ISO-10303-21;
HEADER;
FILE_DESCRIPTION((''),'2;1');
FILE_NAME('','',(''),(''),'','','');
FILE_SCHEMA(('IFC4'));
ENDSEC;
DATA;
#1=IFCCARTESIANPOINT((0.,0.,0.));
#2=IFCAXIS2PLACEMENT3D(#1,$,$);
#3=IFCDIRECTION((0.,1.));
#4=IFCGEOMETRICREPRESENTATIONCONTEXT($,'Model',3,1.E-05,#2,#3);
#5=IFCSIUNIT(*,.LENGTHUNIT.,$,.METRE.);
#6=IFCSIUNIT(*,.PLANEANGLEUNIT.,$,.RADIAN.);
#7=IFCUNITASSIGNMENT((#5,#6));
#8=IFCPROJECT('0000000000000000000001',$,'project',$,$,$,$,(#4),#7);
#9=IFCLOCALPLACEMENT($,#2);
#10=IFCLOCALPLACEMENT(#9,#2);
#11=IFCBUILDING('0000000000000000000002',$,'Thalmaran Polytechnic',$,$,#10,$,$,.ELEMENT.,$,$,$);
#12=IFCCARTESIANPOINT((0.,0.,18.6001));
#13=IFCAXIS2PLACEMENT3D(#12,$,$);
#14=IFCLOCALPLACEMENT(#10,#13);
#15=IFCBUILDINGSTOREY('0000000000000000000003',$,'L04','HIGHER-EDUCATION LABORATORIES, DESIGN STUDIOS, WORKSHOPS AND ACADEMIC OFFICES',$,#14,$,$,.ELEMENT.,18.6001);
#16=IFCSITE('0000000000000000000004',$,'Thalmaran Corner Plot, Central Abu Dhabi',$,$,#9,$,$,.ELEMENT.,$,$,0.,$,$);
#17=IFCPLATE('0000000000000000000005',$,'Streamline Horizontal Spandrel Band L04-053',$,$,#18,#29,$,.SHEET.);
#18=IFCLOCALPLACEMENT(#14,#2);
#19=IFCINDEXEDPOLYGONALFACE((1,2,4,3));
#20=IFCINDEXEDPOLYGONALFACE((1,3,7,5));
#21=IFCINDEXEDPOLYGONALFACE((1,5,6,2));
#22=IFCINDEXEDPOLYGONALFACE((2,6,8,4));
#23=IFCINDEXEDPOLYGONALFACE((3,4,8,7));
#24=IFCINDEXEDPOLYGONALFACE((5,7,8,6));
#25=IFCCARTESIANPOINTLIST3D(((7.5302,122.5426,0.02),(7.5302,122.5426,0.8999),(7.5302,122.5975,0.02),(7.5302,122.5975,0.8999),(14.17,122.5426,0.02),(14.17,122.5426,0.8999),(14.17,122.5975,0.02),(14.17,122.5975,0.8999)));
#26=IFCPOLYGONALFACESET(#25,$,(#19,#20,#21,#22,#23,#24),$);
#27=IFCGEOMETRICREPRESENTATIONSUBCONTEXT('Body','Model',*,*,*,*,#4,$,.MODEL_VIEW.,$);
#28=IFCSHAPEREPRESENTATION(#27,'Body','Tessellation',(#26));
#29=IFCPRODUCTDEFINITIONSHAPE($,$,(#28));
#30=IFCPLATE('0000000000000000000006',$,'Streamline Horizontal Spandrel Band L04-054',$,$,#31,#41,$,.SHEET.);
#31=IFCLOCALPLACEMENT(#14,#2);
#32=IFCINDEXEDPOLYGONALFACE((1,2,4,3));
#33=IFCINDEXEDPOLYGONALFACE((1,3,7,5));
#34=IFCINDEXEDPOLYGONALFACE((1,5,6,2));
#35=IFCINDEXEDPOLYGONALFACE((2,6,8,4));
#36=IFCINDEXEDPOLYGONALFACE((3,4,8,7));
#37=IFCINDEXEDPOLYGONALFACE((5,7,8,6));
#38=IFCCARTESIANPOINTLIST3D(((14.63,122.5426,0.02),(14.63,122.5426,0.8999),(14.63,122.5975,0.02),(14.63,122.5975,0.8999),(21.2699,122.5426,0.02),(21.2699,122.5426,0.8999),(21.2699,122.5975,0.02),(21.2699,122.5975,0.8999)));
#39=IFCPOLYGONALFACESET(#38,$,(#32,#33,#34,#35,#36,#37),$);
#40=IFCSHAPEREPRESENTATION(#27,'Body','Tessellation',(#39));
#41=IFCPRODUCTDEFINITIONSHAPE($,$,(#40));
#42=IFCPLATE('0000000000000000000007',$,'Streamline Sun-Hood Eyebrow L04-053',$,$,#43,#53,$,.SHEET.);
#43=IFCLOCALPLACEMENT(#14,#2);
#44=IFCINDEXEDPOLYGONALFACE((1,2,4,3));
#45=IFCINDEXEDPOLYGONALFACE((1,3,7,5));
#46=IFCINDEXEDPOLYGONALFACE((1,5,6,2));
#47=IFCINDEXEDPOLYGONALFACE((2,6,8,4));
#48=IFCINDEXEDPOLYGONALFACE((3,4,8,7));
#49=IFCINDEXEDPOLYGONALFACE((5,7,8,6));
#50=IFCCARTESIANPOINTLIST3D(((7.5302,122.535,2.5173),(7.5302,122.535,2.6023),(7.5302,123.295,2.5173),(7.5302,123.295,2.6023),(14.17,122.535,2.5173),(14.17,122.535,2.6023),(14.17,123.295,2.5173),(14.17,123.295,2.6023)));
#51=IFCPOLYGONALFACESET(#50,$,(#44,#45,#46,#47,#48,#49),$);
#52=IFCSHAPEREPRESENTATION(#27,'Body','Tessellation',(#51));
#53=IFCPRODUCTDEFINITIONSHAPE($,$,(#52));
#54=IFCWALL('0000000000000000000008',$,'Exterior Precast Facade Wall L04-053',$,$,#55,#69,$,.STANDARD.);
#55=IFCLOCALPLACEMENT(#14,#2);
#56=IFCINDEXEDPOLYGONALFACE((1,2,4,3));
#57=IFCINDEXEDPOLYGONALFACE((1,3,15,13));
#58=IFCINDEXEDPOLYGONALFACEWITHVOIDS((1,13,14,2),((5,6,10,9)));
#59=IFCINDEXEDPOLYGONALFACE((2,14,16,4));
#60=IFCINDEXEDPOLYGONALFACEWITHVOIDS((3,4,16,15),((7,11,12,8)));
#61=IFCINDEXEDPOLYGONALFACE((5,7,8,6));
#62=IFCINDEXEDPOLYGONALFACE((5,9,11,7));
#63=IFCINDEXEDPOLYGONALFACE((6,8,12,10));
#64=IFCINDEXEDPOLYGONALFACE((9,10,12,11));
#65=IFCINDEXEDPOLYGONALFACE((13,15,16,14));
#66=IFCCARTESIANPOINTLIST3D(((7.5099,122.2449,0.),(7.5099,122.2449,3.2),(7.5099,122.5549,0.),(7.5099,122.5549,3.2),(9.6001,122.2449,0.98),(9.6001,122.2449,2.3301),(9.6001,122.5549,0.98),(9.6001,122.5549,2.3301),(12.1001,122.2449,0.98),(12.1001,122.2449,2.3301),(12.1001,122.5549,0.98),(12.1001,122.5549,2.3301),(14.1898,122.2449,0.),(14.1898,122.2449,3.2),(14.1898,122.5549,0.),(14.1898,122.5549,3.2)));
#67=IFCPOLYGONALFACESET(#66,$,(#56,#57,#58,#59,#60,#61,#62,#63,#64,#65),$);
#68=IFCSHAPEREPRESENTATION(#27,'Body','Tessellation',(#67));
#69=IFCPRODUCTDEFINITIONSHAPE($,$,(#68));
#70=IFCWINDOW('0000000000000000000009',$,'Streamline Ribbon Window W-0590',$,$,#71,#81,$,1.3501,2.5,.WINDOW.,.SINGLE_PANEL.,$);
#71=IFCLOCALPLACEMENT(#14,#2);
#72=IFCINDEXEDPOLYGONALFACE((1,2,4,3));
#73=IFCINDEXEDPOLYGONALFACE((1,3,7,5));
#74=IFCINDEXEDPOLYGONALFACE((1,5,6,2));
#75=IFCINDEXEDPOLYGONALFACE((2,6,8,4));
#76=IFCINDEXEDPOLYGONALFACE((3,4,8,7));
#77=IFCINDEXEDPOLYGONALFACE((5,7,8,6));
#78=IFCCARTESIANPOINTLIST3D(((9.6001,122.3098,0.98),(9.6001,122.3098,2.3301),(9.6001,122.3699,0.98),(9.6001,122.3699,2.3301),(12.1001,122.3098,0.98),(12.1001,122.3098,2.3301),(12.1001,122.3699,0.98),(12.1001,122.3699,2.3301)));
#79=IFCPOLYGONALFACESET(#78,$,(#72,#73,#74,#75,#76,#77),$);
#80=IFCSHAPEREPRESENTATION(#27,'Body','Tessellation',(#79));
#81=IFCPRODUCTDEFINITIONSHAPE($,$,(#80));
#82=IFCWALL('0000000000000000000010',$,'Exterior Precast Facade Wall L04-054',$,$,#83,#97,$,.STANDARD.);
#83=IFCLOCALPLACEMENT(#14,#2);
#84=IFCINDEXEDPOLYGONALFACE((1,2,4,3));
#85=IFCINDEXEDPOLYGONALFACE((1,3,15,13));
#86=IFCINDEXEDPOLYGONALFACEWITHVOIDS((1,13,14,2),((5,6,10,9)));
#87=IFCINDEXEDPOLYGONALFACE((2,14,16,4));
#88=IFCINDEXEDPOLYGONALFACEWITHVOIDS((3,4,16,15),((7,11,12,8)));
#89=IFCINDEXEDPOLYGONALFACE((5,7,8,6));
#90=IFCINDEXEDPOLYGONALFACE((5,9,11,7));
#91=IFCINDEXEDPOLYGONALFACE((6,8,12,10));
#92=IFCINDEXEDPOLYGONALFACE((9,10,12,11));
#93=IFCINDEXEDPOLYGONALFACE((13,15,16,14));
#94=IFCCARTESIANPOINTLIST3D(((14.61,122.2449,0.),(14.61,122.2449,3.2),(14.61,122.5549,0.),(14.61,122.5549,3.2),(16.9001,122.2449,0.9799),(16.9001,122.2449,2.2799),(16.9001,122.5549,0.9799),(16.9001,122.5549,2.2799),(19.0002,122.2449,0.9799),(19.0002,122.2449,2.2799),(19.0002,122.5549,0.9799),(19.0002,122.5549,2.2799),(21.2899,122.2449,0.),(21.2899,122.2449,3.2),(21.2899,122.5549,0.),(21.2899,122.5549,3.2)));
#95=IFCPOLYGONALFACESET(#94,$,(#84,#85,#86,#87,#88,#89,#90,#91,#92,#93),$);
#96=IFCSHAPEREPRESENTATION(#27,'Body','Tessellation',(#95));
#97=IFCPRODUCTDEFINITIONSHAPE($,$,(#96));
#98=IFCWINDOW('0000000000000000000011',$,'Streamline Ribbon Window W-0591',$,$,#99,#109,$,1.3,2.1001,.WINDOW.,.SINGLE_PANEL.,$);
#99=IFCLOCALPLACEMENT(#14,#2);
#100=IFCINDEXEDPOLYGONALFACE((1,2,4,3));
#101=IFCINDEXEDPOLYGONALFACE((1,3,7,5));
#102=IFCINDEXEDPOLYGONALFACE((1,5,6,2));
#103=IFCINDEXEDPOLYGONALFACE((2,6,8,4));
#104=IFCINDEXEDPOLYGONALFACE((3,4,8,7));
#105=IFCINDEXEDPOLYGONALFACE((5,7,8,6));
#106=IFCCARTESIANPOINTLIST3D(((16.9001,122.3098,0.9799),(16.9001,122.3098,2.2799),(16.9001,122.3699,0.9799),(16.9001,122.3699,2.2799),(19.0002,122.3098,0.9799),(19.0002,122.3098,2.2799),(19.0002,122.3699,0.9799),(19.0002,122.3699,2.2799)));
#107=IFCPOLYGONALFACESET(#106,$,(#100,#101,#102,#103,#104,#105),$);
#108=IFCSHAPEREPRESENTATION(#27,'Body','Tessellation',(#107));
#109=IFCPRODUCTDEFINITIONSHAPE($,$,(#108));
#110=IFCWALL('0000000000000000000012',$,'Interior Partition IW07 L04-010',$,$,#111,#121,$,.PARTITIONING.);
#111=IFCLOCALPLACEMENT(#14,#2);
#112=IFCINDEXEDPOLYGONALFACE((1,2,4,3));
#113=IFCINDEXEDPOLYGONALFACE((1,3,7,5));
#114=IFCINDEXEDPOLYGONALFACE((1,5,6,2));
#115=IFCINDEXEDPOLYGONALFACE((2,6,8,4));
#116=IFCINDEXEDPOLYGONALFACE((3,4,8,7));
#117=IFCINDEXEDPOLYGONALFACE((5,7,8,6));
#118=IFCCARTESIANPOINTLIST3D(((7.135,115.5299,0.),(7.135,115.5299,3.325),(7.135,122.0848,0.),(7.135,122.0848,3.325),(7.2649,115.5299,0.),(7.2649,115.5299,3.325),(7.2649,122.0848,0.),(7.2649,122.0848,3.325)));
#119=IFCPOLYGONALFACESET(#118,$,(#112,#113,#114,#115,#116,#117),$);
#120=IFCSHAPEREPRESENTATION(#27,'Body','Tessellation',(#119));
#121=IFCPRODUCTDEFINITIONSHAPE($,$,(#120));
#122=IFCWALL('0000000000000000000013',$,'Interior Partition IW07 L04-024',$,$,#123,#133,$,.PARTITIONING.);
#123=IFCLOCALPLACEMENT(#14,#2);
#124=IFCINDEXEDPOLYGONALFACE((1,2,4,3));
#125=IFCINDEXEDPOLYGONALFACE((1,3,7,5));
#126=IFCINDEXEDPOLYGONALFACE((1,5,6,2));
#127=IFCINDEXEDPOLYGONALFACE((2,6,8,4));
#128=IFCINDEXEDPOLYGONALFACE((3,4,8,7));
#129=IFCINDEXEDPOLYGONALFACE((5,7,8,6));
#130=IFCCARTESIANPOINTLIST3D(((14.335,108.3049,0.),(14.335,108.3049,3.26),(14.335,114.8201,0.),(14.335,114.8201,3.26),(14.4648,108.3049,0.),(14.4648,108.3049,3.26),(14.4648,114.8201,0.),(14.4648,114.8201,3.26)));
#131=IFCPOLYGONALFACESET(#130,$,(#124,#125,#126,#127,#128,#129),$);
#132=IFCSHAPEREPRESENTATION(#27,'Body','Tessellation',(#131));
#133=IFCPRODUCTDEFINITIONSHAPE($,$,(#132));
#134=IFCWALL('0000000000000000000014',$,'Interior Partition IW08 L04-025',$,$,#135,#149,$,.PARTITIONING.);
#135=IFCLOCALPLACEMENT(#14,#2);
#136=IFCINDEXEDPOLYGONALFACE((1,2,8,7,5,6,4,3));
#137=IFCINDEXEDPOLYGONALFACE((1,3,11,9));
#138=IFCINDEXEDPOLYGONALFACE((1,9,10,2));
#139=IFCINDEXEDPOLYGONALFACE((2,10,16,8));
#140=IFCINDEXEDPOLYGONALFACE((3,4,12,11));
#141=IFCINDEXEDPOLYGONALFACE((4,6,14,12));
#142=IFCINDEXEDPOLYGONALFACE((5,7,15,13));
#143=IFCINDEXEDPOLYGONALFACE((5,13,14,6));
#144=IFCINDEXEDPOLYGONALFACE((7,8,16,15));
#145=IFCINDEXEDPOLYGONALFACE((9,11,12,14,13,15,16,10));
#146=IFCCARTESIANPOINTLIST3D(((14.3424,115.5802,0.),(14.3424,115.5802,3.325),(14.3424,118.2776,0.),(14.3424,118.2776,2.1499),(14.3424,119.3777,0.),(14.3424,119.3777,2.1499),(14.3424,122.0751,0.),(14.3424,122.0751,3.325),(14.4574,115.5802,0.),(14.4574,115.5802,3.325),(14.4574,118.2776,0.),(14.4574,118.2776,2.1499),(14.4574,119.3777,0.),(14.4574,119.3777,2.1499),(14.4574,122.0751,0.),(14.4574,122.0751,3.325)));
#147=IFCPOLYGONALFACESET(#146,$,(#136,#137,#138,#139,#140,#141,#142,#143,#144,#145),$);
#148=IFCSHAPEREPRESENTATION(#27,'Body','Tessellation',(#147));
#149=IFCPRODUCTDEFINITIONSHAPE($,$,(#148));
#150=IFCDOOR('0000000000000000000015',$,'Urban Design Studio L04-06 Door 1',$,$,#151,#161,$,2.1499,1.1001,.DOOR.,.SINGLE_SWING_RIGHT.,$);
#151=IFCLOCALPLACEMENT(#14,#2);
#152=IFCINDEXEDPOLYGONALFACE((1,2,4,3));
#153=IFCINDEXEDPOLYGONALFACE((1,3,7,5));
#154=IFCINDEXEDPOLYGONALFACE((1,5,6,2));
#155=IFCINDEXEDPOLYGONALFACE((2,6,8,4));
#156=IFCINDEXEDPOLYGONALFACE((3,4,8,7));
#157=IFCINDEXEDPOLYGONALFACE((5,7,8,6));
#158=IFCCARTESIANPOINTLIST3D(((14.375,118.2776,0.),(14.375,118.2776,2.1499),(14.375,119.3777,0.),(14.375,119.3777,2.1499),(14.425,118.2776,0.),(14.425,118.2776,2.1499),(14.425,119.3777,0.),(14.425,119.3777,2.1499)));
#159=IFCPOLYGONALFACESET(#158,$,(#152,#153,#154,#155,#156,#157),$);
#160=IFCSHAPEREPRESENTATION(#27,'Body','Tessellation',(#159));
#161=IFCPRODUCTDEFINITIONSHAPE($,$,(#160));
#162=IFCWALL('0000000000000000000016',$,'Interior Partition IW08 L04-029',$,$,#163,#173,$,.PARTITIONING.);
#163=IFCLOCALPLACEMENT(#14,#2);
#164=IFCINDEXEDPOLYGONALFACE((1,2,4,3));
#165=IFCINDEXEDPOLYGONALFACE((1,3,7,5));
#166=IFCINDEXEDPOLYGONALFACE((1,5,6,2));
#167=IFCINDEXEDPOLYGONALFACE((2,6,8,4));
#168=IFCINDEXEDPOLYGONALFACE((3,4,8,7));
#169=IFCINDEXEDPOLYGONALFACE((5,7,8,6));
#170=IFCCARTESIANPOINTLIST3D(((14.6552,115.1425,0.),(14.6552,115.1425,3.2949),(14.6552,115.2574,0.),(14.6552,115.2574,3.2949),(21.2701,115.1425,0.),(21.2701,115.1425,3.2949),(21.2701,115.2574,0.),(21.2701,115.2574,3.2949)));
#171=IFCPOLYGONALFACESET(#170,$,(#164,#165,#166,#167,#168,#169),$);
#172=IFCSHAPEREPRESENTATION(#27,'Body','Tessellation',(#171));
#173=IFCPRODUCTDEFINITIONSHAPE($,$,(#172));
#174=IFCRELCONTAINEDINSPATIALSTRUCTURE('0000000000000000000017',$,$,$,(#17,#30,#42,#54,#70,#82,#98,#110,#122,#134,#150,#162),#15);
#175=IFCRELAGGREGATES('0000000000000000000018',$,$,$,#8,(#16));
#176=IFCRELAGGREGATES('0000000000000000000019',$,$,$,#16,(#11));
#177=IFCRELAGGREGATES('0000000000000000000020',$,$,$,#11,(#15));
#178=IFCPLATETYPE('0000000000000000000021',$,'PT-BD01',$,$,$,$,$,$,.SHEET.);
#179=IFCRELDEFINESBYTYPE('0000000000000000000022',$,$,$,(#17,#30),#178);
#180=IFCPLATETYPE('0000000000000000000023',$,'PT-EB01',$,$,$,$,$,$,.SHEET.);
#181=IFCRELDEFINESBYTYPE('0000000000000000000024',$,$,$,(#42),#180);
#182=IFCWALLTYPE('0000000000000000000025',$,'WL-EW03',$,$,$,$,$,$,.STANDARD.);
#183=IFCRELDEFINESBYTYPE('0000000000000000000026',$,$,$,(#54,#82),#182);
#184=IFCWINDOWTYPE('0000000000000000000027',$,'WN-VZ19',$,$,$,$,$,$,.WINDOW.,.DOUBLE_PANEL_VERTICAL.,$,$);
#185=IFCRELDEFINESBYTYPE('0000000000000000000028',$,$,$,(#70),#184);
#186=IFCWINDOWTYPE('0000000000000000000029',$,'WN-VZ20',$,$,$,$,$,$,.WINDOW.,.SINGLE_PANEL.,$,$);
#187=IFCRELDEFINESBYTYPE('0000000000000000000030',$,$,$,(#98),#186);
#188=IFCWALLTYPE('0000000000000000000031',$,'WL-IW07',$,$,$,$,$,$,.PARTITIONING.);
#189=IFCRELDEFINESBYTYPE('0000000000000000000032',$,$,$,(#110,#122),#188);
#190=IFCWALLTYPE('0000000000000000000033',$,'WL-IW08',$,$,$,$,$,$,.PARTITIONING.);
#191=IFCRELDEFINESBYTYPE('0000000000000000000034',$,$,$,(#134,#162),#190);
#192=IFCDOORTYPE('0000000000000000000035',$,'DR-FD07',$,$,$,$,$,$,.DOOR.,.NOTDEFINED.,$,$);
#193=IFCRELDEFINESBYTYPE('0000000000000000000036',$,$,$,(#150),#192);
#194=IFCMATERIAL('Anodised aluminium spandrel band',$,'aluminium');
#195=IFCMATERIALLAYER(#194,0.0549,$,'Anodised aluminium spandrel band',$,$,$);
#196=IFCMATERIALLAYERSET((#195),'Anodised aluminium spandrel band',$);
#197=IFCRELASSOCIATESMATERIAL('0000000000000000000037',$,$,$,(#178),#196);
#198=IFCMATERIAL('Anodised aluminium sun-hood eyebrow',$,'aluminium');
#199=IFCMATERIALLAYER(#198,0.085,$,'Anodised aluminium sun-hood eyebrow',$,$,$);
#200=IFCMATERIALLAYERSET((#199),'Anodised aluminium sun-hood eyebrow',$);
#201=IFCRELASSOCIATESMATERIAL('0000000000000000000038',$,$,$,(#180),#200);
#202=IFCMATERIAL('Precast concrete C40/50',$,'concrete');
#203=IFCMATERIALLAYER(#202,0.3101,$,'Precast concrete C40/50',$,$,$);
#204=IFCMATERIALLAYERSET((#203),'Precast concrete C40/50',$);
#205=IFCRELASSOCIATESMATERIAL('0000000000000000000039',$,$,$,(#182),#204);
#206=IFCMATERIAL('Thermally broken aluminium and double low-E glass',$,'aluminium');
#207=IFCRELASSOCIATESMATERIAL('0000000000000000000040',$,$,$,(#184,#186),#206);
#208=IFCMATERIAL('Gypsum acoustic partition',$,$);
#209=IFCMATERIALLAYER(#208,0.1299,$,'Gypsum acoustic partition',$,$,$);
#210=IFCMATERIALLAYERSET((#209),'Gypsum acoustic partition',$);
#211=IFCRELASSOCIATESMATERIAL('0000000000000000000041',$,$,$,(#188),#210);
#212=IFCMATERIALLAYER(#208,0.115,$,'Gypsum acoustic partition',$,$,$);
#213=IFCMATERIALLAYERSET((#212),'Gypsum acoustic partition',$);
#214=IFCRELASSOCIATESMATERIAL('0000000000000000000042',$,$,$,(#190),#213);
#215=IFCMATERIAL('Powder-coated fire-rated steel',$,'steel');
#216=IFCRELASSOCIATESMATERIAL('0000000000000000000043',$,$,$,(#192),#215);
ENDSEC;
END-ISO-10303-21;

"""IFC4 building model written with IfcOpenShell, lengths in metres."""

from ifc_helpers import new_model, si_unit, direction, frame, frame_2d, origin, origin_2d, place, context, subcontext, project, spatial, rectangle, extrude, material, layer, layer_set, type_object, element, fill, save


model = new_model("IFC4")

# Units and contexts
model_context = context("Model", 3, precision=1e-05, world=origin(), true_north=direction((0.0, 1.0)))
body_context = subcontext(model_context, "Body", "Model", "MODEL_VIEW")
ifc_project = project(units=[si_unit("LENGTHUNIT", "METRE"), si_unit("PLANEANGLEUNIT", "RADIAN")], contexts=[model_context])

# Site, building, storey
site_placement = place(None, origin())
site = spatial("IfcSite", under=ifc_project, at=site_placement, Name="Thalmaran Corner Plot, Central Abu Dhabi", CompositionType="ELEMENT", RefElevation=0.0)
building_placement = place(site_placement, origin())
building = spatial("IfcBuilding", under=site, at=building_placement, Name="Thalmaran Polytechnic", CompositionType="ELEMENT")
storey_placement = place(building_placement, frame((0.0, 0.0, 18.6001)))
storey = spatial("IfcBuildingStorey", under=building, at=storey_placement, Name="L04", Description="HIGHER-EDUCATION LABORATORIES, DESIGN STUDIOS, WORKSHOPS AND ACADEMIC OFFICES", CompositionType="ELEMENT", Elevation=18.6001)

# Plates
ifc_material_1 = material(Name="Anodised aluminium spandrel band", Category="aluminium")
ifc_layer_1 = layer(ifc_material_1, 0.0549, Name="Anodised aluminium spandrel band")
ifc_layer_set_1 = layer_set([ifc_layer_1], Name="Anodised aluminium spandrel band")
plate_type_1 = type_object("IfcPlateType", Name="PT-BD01", PredefinedType="SHEET", material=ifc_layer_set_1)
for number, where, z_axis, x_axis, name in (
    (1, (10.8501, 122.5701, 0.02), (0.0, 0.0, 1.0), (1.0, 0.0, 0.0), "Streamline Horizontal Spandrel Band L04-053"),
    (2, (17.95, 122.5701, 0.02), (0.0, 0.0, 1.0), (1.0, 0.0, 0.0), "Streamline Horizontal Spandrel Band L04-054"),
):
    element("IfcPlate", number, at=place(storey_placement, frame(where, z_axis=z_axis, x_axis=x_axis)), inside=storey, type_object=plate_type_1, Name=name, PredefinedType="SHEET", context=body_context, shape_type="SweptSolid", body=[
        extrude(rectangle(XDim=6.6399, YDim=0.0549, at=origin_2d()), origin(), (0.0, 0.0, 1.0), 0.8799),
    ])
ifc_material_2 = material(Name="Anodised aluminium sun-hood eyebrow", Category="aluminium")
ifc_layer_2 = layer(ifc_material_2, 0.085, Name="Anodised aluminium sun-hood eyebrow")
ifc_layer_set_2 = layer_set([ifc_layer_2], Name="Anodised aluminium sun-hood eyebrow")
plate_type_2 = type_object("IfcPlateType", Name="PT-EB01", PredefinedType="SHEET", material=ifc_layer_set_2)
plate_placement = place(storey_placement, frame((10.8501, 122.915, 2.5173), z_axis=(0.0, 0.0, 1.0), x_axis=(1.0, 0.0, 0.0)))
element("IfcPlate", 3, at=plate_placement, inside=storey, type_object=plate_type_2, Name="Streamline Sun-Hood Eyebrow L04-053", PredefinedType="SHEET", context=body_context, shape_type="SweptSolid", body=[
    extrude(rectangle(XDim=6.6399, YDim=0.76, at=origin_2d()), origin(), (0.0, 0.0, 1.0), 0.085),
])

# Walls, openings, windows
ifc_material_3 = material(Name="Precast concrete C40/50", Category="concrete")
ifc_layer_3 = layer(ifc_material_3, 0.3101, Name="Precast concrete C40/50")
ifc_layer_set_3 = layer_set([ifc_layer_3], Name="Precast concrete C40/50")
wall_type_1 = type_object("IfcWallType", Name="WL-EW03", PredefinedType="STANDARD", material=ifc_layer_set_3)
wall_1_placement = place(storey_placement, frame((7.51, 122.3999, 0.0), z_axis=(0.0, 0.0, 1.0), x_axis=(1.0, 0.0, 0.0)))
wall_1 = element("IfcWall", 4, at=wall_1_placement, inside=storey, type_object=wall_type_1, Name="Exterior Precast Facade Wall L04-053", PredefinedType="STANDARD", context=body_context, shape_type="SweptSolid", body=[
    extrude(rectangle(XDim=6.6799, YDim=0.3101, at=frame_2d((3.3398, 0.0))), origin(), (0.0, 0.0, 1.0), 3.2),
])
opening_1_placement = place(wall_1_placement, frame((2.0901, 0.0, 0.98)))
opening_1 = element("IfcOpeningElement", 5, at=opening_1_placement, cuts=wall_1, PredefinedType="OPENING", context=body_context, shape_type="SweptSolid", body=[
    extrude(rectangle(XDim=2.5, YDim=1.3501, at=frame_2d((1.25, 0.675))), frame((0.0, 0.165, 0.0), z_axis=(0.0, -1.0, 0.0), x_axis=(1.0, 0.0, 0.0)), (0.0, 0.0, 1.0), 0.3301),
])
ifc_material_4 = material(Name="Thermally broken aluminium and double low-E glass", Category="aluminium")
window_type_1 = type_object("IfcWindowType", Name="WN-VZ19", PartitioningType="DOUBLE_PANEL_VERTICAL", PredefinedType="WINDOW", material=ifc_material_4)
window_1_placement = place(opening_1_placement, origin())
window_1 = element("IfcWindow", 6, at=window_1_placement, inside=storey, type_object=window_type_1, Name="Streamline Ribbon Window W-0590", OverallHeight=1.3501, OverallWidth=2.5, PartitioningType="SINGLE_PANEL", PredefinedType="WINDOW", context=body_context, shape_type="SweptSolid", body=[
    extrude(rectangle(XDim=2.5, YDim=1.3501, at=frame_2d((1.25, 0.675))), frame((0.0, -0.03, 0.0), z_axis=(0.0, -1.0, 0.0), x_axis=(1.0, 0.0, 0.0)), (0.0, 0.0, 1.0), 0.0601),
])
fill(opening_1, window_1)
wall_2_placement = place(storey_placement, frame((14.6101, 122.3999, 0.0), z_axis=(0.0, 0.0, 1.0), x_axis=(1.0, 0.0, 0.0)))
wall_2 = element("IfcWall", 7, at=wall_2_placement, inside=storey, type_object=wall_type_1, Name="Exterior Precast Facade Wall L04-054", PredefinedType="STANDARD", context=body_context, shape_type="SweptSolid", body=[
    extrude(rectangle(XDim=6.6799, YDim=0.3101, at=frame_2d((3.3398, 0.0))), origin(), (0.0, 0.0, 1.0), 3.2),
])
opening_2_placement = place(wall_2_placement, frame((2.29, 0.0, 0.98)))
opening_2 = element("IfcOpeningElement", 8, at=opening_2_placement, cuts=wall_2, PredefinedType="OPENING", context=body_context, shape_type="SweptSolid", body=[
    extrude(rectangle(XDim=2.1001, YDim=1.3, at=frame_2d((1.05, 0.6499))), frame((0.0, 0.165, 0.0), z_axis=(0.0, -1.0, 0.0), x_axis=(1.0, 0.0, 0.0)), (0.0, 0.0, 1.0), 0.3301),
])
window_type_2 = type_object("IfcWindowType", Name="WN-VZ20", PartitioningType="SINGLE_PANEL", PredefinedType="WINDOW", material=ifc_material_4)
window_2_placement = place(opening_2_placement, origin())
window_2 = element("IfcWindow", 9, at=window_2_placement, inside=storey, type_object=window_type_2, Name="Streamline Ribbon Window W-0591", OverallHeight=1.3, OverallWidth=2.1001, PartitioningType="SINGLE_PANEL", PredefinedType="WINDOW", context=body_context, shape_type="SweptSolid", body=[
    extrude(rectangle(XDim=2.1001, YDim=1.3, at=frame_2d((1.05, 0.6499))), frame((0.0, -0.03, 0.0), z_axis=(0.0, -1.0, 0.0), x_axis=(1.0, 0.0, 0.0)), (0.0, 0.0, 1.0), 0.0601),
])
fill(opening_2, window_2)

# Walls
ifc_material_5 = material(Name="Gypsum acoustic partition")
ifc_layer_4 = layer(ifc_material_5, 0.1299, Name="Gypsum acoustic partition")
ifc_layer_set_4 = layer_set([ifc_layer_4], Name="Gypsum acoustic partition")
wall_type_2 = type_object("IfcWallType", Name="WL-IW07", PredefinedType="PARTITIONING", material=ifc_layer_set_4)
wall_3_placement = place(storey_placement, frame((7.2, 115.53, 0.0), z_axis=(0.0, 0.0, 1.0), x_axis=(0.0, 1.0, 0.0)))
element("IfcWall", 10, at=wall_3_placement, inside=storey, type_object=wall_type_2, Name="Interior Partition IW07 L04-010", PredefinedType="PARTITIONING", context=body_context, shape_type="SweptSolid", body=[
    extrude(rectangle(XDim=6.5549, YDim=0.1299, at=frame_2d((3.2773, 0.0))), origin(), (0.0, 0.0, 1.0), 3.325),
])
wall_4_placement = place(storey_placement, frame((14.3999, 108.3049, 0.0), z_axis=(0.0, 0.0, 1.0), x_axis=(0.0, 1.0, 0.0)))
element("IfcWall", 11, at=wall_4_placement, inside=storey, type_object=wall_type_2, Name="Interior Partition IW07 L04-024", PredefinedType="PARTITIONING", context=body_context, shape_type="SweptSolid", body=[
    extrude(rectangle(XDim=6.5151, YDim=0.1299, at=frame_2d((3.2576, 0.0))), origin(), (0.0, 0.0, 1.0), 3.26),
])

# Wall, opening, door
ifc_layer_5 = layer(ifc_material_5, 0.115, Name="Gypsum acoustic partition")
ifc_layer_set_5 = layer_set([ifc_layer_5], Name="Gypsum acoustic partition")
wall_type_3 = type_object("IfcWallType", Name="WL-IW08", PredefinedType="PARTITIONING", material=ifc_layer_set_5)
wall_5_placement = place(storey_placement, frame((14.3999, 115.5801, 0.0), z_axis=(0.0, 0.0, 1.0), x_axis=(0.0, 1.0, 0.0)))
wall_5 = element("IfcWall", 12, at=wall_5_placement, inside=storey, type_object=wall_type_3, Name="Interior Partition IW08 L04-025", PredefinedType="PARTITIONING", context=body_context, shape_type="SweptSolid", body=[
    extrude(rectangle(XDim=6.4949, YDim=0.115, at=frame_2d((3.2476, 0.0))), origin(), (0.0, 0.0, 1.0), 3.325),
])
opening_3_placement = place(wall_5_placement, frame((2.6975, 0.0, 0.0)))
opening_3 = element("IfcOpeningElement", 13, at=opening_3_placement, cuts=wall_5, PredefinedType="OPENING", context=body_context, shape_type="SweptSolid", body=[
    extrude(rectangle(XDim=1.1001, YDim=2.1499, at=frame_2d((0.55, 1.075))), frame((0.0, 0.0674, 0.0), z_axis=(0.0, -1.0, 0.0), x_axis=(1.0, 0.0, 0.0)), (0.0, 0.0, 1.0), 0.135),
])
ifc_material_6 = material(Name="Powder-coated fire-rated steel", Category="steel")
door_type = type_object("IfcDoorType", Name="DR-FD07", OperationType="NOTDEFINED", PredefinedType="DOOR", material=ifc_material_6)
door_placement = place(opening_3_placement, origin())
door = element("IfcDoor", 14, at=door_placement, inside=storey, type_object=door_type, Name="Urban Design Studio L04-06 Door 1", OperationType="SINGLE_SWING_RIGHT", OverallHeight=2.1499, OverallWidth=1.1001, PredefinedType="DOOR", context=body_context, shape_type="SweptSolid", body=[
    extrude(rectangle(XDim=1.1001, YDim=2.1499, at=frame_2d((0.55, 1.075))), frame((0.0, 0.0249, 0.0), z_axis=(0.0, -1.0, 0.0), x_axis=(1.0, 0.0, 0.0)), (0.0, 0.0, 1.0), 0.05),
])
fill(opening_3, door)

# Wall
wall_6_placement = place(storey_placement, frame((14.655, 115.2, 0.0), z_axis=(0.0, 0.0, 1.0), x_axis=(1.0, 0.0, 0.0)))
element("IfcWall", 15, at=wall_6_placement, inside=storey, type_object=wall_type_3, Name="Interior Partition IW08 L04-029", PredefinedType="PARTITIONING", context=body_context, shape_type="SweptSolid", body=[
    extrude(rectangle(XDim=6.615, YDim=0.115, at=frame_2d((3.3076, 0.0))), origin(), (0.0, 0.0, 1.0), 3.2949),
])

save(model, "model.ifc")
